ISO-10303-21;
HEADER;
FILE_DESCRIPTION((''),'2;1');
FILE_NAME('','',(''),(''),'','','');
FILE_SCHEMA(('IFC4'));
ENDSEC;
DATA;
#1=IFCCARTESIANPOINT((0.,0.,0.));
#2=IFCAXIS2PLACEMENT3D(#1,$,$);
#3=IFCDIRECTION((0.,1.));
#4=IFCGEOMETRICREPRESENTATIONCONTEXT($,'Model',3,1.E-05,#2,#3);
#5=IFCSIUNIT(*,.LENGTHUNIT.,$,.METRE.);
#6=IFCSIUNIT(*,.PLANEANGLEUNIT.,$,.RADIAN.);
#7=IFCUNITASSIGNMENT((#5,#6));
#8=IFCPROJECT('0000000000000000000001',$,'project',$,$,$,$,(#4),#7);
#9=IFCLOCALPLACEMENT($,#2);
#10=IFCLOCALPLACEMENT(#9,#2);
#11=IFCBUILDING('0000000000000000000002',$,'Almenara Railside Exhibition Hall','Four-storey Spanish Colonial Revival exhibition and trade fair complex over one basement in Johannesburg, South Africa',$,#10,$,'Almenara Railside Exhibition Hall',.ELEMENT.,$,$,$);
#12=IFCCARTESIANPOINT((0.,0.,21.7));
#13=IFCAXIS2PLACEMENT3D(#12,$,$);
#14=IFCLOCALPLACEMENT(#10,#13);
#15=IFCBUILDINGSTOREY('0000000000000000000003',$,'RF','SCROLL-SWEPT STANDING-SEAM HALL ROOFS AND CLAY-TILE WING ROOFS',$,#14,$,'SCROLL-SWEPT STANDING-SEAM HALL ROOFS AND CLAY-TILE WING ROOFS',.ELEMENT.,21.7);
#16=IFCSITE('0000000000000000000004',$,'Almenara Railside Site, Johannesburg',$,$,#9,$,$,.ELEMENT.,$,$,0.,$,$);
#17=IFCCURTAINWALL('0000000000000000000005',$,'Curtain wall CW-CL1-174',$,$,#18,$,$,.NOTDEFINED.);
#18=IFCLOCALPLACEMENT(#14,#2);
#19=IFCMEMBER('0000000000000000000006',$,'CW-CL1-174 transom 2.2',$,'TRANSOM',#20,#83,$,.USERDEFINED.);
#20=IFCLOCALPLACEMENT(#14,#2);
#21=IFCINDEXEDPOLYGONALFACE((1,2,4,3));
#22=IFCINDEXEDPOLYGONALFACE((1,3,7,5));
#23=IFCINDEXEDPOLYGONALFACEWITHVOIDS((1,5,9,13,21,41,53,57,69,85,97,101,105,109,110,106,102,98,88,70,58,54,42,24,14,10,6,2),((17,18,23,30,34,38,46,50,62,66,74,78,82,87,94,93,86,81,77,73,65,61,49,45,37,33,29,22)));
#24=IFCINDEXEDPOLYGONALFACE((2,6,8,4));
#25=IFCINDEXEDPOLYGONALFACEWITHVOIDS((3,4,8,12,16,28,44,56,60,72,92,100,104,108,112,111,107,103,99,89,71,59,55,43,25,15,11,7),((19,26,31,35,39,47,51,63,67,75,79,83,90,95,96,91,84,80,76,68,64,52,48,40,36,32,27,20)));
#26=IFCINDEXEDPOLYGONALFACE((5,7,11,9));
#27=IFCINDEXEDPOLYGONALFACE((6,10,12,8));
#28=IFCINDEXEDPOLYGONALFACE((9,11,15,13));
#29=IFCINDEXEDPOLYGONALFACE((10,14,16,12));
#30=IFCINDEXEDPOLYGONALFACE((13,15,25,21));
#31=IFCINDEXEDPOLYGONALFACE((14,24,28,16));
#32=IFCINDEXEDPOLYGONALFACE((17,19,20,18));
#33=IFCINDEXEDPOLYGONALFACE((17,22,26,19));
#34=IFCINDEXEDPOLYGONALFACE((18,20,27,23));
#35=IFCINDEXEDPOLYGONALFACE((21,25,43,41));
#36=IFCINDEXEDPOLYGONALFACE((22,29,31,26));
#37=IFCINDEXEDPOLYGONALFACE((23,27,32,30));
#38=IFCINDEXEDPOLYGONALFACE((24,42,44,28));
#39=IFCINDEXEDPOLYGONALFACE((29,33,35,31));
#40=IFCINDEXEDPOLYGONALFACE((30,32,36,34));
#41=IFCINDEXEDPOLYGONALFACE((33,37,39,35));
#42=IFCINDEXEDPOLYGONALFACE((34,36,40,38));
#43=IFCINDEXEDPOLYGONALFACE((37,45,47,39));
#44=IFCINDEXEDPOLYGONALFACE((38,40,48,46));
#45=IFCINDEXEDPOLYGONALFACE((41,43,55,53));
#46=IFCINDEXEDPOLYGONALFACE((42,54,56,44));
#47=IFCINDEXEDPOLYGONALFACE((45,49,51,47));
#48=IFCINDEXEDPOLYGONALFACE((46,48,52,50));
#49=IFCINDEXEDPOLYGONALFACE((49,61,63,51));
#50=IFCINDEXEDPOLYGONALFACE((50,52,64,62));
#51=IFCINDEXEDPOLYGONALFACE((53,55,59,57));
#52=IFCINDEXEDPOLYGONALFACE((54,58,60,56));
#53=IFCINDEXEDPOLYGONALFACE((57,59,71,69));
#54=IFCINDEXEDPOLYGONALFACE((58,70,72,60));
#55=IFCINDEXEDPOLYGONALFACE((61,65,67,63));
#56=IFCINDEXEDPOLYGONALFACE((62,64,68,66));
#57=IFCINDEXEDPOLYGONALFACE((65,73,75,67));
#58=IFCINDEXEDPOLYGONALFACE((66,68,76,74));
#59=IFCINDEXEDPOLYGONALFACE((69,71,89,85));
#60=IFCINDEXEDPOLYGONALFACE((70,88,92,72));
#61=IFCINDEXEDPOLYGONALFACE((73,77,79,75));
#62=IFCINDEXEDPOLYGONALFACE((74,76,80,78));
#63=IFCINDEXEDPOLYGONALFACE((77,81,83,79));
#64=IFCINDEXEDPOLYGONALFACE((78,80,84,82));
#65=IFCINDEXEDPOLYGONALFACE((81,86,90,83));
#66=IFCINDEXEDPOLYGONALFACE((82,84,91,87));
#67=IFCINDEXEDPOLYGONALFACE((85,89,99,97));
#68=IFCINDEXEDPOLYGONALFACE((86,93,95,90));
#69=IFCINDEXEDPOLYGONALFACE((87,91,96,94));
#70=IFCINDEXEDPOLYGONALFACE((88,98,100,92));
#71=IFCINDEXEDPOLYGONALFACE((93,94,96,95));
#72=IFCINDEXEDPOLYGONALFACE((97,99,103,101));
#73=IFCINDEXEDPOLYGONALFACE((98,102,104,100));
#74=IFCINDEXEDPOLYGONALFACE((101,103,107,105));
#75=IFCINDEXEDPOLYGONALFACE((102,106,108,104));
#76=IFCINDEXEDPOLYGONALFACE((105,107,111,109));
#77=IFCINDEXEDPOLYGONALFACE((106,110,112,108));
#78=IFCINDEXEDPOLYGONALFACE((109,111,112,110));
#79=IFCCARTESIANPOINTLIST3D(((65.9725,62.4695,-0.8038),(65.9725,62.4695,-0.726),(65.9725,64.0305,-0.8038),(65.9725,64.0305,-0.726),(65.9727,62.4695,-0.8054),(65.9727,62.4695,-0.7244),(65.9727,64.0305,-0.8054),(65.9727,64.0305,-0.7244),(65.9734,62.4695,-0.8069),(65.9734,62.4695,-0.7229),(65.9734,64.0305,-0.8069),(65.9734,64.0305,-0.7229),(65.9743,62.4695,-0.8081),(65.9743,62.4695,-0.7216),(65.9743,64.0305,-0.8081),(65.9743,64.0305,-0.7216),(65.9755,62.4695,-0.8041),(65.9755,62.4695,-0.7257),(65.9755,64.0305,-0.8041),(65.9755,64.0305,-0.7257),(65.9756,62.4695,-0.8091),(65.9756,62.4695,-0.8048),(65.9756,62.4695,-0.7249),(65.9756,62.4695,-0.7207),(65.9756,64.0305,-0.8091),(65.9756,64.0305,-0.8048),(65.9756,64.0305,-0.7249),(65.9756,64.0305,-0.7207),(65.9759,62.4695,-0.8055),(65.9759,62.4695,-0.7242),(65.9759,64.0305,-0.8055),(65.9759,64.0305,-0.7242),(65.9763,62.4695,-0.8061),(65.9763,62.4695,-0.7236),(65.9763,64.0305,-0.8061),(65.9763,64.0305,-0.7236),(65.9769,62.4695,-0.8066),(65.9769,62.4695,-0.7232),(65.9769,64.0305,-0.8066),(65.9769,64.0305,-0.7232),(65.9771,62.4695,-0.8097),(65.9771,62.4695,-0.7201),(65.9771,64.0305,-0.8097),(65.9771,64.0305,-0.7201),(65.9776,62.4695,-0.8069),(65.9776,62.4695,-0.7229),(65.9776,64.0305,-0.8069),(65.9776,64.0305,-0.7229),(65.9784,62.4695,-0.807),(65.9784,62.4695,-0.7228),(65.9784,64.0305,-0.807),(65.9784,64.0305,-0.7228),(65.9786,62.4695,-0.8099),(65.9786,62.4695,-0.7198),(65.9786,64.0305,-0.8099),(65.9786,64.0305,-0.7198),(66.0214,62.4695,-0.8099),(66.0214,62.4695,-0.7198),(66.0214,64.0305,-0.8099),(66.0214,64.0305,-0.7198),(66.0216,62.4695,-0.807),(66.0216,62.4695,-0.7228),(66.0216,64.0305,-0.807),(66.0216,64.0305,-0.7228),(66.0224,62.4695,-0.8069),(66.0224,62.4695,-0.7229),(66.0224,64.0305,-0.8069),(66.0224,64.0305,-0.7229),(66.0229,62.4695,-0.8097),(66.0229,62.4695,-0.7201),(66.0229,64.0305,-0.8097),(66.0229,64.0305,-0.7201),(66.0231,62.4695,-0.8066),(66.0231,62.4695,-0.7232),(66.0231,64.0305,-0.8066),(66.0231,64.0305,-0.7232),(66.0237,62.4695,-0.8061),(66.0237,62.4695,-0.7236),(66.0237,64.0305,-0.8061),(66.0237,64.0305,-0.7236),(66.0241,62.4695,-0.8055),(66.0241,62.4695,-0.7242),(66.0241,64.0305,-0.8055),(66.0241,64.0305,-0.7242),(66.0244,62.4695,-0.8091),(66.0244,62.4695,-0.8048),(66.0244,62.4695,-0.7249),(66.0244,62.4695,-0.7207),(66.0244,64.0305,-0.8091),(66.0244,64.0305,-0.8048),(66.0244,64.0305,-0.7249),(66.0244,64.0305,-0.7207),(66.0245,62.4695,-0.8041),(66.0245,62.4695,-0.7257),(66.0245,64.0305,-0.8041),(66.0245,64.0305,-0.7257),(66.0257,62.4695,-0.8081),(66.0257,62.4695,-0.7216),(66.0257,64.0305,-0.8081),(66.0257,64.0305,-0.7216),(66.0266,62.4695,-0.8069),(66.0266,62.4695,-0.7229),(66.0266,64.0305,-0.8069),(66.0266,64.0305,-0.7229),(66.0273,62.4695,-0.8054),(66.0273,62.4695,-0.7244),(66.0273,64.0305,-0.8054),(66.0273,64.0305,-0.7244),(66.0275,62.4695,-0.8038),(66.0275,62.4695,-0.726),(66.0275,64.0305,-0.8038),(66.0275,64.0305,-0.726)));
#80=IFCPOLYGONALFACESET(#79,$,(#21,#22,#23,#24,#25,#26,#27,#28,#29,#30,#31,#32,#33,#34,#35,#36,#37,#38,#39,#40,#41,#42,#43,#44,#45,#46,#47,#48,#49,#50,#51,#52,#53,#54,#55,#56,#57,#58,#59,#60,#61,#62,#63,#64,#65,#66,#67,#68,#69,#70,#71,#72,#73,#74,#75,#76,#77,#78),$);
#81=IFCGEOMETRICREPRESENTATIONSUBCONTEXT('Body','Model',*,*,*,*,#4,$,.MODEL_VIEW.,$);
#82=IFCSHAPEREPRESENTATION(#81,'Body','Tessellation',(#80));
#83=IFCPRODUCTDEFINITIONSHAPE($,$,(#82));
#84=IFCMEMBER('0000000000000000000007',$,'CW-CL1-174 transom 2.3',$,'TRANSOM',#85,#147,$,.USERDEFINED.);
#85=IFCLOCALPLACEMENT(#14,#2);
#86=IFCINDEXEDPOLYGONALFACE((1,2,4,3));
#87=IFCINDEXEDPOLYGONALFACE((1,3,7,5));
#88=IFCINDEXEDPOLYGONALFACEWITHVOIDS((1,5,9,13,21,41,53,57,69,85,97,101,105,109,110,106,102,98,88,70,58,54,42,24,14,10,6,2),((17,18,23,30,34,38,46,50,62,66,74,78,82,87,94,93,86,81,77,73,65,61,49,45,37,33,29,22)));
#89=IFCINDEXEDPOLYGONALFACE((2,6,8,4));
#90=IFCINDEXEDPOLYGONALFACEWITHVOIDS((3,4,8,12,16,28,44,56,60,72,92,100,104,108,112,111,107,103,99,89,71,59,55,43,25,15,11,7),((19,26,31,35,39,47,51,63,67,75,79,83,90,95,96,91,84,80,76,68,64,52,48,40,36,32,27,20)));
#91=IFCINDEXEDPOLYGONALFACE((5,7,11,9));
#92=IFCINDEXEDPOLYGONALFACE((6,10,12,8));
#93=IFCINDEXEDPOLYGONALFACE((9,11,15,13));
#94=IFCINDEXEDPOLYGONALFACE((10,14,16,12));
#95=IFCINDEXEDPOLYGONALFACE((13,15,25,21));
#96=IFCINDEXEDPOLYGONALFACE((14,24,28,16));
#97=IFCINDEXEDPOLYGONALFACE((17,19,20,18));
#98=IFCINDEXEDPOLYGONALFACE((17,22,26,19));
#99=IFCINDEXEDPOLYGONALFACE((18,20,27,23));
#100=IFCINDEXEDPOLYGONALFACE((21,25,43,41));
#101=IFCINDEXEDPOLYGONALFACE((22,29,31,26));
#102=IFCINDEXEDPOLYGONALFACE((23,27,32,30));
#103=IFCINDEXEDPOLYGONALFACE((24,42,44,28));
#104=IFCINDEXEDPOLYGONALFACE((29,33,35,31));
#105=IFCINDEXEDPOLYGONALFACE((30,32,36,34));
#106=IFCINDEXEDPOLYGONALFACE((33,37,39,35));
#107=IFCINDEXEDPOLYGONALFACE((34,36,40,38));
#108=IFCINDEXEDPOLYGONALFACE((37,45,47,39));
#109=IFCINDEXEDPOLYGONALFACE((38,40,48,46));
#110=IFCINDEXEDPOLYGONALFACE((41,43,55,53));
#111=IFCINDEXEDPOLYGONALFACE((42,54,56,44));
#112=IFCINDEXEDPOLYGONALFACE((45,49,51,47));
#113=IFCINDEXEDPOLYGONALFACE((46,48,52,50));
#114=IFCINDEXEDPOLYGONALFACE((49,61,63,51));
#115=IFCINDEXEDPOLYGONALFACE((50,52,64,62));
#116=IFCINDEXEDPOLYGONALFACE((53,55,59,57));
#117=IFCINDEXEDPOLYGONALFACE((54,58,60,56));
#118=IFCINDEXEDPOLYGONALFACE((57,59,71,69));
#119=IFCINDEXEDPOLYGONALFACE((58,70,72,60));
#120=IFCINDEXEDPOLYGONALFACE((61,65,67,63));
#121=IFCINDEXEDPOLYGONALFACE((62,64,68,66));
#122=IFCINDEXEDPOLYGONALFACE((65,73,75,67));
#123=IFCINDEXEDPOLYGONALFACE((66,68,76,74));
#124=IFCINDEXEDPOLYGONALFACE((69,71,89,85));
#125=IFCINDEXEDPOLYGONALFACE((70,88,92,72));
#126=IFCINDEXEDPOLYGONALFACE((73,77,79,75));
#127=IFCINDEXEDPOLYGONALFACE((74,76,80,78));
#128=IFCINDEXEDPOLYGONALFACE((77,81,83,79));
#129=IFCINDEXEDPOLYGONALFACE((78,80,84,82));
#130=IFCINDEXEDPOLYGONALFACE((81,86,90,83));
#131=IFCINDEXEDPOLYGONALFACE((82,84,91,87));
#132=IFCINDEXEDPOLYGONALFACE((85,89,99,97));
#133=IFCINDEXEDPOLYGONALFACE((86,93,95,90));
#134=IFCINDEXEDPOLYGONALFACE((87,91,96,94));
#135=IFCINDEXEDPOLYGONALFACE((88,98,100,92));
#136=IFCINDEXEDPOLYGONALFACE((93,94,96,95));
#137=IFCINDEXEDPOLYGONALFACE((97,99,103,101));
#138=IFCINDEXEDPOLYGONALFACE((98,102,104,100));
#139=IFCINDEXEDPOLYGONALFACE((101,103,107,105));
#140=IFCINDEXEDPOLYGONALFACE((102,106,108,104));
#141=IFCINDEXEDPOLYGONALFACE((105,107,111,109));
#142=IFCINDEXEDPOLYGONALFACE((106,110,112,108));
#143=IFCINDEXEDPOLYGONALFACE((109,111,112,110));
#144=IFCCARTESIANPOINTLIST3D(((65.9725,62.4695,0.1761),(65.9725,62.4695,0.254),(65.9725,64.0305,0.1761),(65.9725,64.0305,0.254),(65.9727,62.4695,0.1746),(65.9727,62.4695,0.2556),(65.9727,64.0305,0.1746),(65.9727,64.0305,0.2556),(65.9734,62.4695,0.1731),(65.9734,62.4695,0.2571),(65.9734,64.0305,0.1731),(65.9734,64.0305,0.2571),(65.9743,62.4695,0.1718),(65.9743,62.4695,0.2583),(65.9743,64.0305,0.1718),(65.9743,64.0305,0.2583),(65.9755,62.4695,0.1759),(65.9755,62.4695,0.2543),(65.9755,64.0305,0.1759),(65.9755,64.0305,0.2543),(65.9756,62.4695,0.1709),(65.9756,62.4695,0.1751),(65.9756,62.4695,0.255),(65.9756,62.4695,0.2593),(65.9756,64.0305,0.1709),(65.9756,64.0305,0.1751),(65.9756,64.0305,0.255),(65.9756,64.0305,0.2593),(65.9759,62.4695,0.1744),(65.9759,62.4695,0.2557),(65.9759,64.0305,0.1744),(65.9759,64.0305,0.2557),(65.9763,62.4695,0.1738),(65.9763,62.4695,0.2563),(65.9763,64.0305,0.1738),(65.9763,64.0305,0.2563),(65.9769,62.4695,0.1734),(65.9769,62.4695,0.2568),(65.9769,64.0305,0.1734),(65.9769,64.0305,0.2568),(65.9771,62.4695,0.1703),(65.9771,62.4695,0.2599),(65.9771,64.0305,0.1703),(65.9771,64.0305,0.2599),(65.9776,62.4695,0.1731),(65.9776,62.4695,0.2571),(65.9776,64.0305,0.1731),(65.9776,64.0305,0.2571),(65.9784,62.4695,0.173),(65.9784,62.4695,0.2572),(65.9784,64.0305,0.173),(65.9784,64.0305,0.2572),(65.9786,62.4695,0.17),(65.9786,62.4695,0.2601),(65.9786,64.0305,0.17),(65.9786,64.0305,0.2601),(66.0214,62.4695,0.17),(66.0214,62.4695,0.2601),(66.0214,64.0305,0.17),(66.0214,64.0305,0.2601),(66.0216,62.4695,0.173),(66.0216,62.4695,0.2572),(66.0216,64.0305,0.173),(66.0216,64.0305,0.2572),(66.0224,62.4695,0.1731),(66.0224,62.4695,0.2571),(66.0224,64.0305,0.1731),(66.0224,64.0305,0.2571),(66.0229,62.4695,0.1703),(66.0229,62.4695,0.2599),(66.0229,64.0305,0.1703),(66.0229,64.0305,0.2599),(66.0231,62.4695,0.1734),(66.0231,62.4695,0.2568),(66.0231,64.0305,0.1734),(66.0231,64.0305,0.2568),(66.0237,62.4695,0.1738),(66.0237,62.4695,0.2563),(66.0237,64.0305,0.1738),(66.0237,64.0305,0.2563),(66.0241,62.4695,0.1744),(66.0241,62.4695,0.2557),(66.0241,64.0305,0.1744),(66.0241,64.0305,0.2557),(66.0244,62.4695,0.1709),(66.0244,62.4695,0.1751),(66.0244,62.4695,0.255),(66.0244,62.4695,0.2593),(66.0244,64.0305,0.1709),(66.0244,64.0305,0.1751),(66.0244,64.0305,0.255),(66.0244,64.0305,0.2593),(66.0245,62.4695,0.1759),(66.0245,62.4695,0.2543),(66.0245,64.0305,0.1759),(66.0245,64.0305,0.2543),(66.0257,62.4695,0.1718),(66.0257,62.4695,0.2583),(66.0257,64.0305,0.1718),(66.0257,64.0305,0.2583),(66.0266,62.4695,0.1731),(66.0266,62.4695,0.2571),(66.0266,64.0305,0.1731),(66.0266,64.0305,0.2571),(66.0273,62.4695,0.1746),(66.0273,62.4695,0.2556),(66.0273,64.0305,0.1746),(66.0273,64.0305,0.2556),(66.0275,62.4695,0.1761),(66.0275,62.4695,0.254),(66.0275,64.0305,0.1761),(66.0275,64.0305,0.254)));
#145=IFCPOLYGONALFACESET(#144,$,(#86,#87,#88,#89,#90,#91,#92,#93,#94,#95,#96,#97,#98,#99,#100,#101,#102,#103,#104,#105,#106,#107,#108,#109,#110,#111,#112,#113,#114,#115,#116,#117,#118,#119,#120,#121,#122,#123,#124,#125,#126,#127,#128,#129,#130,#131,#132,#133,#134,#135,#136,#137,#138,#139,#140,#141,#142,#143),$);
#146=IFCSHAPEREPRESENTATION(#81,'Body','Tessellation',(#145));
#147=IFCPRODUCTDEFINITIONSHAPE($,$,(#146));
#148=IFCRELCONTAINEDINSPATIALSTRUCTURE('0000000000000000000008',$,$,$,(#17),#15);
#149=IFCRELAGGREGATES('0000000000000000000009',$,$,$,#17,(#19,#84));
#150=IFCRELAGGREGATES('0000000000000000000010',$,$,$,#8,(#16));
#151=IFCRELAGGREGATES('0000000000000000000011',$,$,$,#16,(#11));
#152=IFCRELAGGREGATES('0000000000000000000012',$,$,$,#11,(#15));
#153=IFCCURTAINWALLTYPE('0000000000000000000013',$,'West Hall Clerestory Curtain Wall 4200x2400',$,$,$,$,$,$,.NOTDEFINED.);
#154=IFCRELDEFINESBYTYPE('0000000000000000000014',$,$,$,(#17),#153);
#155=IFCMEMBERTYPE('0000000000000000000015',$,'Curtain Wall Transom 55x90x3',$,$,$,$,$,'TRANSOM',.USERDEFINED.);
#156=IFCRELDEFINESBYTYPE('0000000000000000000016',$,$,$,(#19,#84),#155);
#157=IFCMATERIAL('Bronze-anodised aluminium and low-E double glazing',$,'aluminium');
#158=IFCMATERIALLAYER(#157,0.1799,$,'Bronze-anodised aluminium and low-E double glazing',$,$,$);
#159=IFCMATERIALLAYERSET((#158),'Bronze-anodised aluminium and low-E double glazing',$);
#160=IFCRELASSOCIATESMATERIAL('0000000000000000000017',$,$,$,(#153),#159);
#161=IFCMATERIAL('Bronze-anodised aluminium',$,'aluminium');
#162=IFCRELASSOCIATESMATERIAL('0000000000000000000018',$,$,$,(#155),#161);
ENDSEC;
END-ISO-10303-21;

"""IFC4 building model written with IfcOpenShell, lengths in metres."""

from ifc_helpers import new_model, si_unit, direction, frame, origin, origin_2d, place, context, subcontext, project, spatial, hollow_rectangle, extrude, material, layer, layer_set, material_profile, profile_set, type_object, element, aggregate, save


model = new_model("IFC4")

# Units and contexts
model_context = context("Model", 3, precision=1e-05, world=origin(), true_north=direction((0.0, 1.0)))
body_context = subcontext(model_context, "Body", "Model", "MODEL_VIEW")
ifc_project = project(units=[si_unit("LENGTHUNIT", "METRE"), si_unit("PLANEANGLEUNIT", "RADIAN")], contexts=[model_context])

# Site, building, storey
site_placement = place(None, origin())
site = spatial("IfcSite", under=ifc_project, at=site_placement, Name="Almenara Railside Site, Johannesburg", CompositionType="ELEMENT", RefElevation=0.0)
building_placement = place(site_placement, origin())
building = spatial("IfcBuilding", under=site, at=building_placement, Name="Almenara Railside Exhibition Hall", Description="Four-storey Spanish Colonial Revival exhibition and trade fair complex over one basement in Johannesburg, South Africa", LongName="Almenara Railside Exhibition Hall", CompositionType="ELEMENT")
storey_placement = place(building_placement, frame((0.0, 0.0, 21.7)))
storey = spatial("IfcBuildingStorey", under=building, at=storey_placement, Name="RF", Description="SCROLL-SWEPT STANDING-SEAM HALL ROOFS AND CLAY-TILE WING ROOFS", LongName="SCROLL-SWEPT STANDING-SEAM HALL ROOFS AND CLAY-TILE WING ROOFS", CompositionType="ELEMENT", Elevation=21.7)

# Curtain wall
ifc_material_1 = material(Name="Bronze-anodised aluminium and low-E double glazing", Category="aluminium")
ifc_layer_1 = layer(ifc_material_1, 0.1799, Name="Bronze-anodised aluminium and low-E double glazing")
ifc_layer_set_1 = layer_set([ifc_layer_1], Name="Bronze-anodised aluminium and low-E double glazing")
curtain_wall_type = type_object("IfcCurtainWallType", Name="West Hall Clerestory Curtain Wall 4200x2400", PredefinedType="NOTDEFINED", material=ifc_layer_set_1)
curtain_wall_1_placement = place(storey_placement, origin())
curtain_wall_1 = element("IfcCurtainWall", 1, at=curtain_wall_1_placement, inside=storey, type_object=curtain_wall_type, Name="Curtain wall CW-CL1-174", PredefinedType="NOTDEFINED")
ifc_material_2 = material(Name="Bronze-anodised aluminium", Category="aluminium")

# Members
ifc_material_profile_1 = material_profile(ifc_material_2, hollow_rectangle(XDim=0.0549, YDim=0.0901, WallThickness=0.0029, InnerFilletRadius=0.0029, OuterFilletRadius=0.0061, at=origin_2d()), Name="ALU-TRN 55x90x3")
ifc_profile_set_1 = profile_set([ifc_material_profile_1], Name="Bronze-anodised aluminium")
member_type_1 = type_object("IfcMemberType", Name="Curtain Wall Transom 55x90x3", ElementType="TRANSOM", PredefinedType="USERDEFINED", material=ifc_profile_set_1)
member_1_placement = place(storey_placement, frame((66.0, 62.4695, -0.7649), z_axis=(0.0, 1.0, 0.0), x_axis=(-1.0, 0.0, 0.0)))
member_1 = element("IfcMember", 2, at=member_1_placement, type_object=member_type_1, Name="CW-CL1-174 transom 2.2", ObjectType="TRANSOM", PredefinedType="USERDEFINED", context=body_context, shape_type="SweptSolid", body=[
    extrude(hollow_rectangle(XDim=0.0549, YDim=0.0901, WallThickness=0.0029, InnerFilletRadius=0.0029, OuterFilletRadius=0.0061, at=origin_2d()), origin(), (0.0, 0.0, 1.0), 1.561),
])
member_2_placement = place(storey_placement, frame((66.0, 62.4695, 0.2151), z_axis=(0.0, 1.0, 0.0), x_axis=(-1.0, 0.0, 0.0)))
member_2 = element("IfcMember", 3, at=member_2_placement, type_object=member_type_1, Name="CW-CL1-174 transom 2.3", ObjectType="TRANSOM", PredefinedType="USERDEFINED", context=body_context, shape_type="SweptSolid", body=[
    extrude(hollow_rectangle(XDim=0.0549, YDim=0.0901, WallThickness=0.0029, InnerFilletRadius=0.0029, OuterFilletRadius=0.0061, at=origin_2d()), origin(), (0.0, 0.0, 1.0), 1.561),
])

aggregate(curtain_wall_1, [member_1, member_2])

save(model, "model.ifc")
